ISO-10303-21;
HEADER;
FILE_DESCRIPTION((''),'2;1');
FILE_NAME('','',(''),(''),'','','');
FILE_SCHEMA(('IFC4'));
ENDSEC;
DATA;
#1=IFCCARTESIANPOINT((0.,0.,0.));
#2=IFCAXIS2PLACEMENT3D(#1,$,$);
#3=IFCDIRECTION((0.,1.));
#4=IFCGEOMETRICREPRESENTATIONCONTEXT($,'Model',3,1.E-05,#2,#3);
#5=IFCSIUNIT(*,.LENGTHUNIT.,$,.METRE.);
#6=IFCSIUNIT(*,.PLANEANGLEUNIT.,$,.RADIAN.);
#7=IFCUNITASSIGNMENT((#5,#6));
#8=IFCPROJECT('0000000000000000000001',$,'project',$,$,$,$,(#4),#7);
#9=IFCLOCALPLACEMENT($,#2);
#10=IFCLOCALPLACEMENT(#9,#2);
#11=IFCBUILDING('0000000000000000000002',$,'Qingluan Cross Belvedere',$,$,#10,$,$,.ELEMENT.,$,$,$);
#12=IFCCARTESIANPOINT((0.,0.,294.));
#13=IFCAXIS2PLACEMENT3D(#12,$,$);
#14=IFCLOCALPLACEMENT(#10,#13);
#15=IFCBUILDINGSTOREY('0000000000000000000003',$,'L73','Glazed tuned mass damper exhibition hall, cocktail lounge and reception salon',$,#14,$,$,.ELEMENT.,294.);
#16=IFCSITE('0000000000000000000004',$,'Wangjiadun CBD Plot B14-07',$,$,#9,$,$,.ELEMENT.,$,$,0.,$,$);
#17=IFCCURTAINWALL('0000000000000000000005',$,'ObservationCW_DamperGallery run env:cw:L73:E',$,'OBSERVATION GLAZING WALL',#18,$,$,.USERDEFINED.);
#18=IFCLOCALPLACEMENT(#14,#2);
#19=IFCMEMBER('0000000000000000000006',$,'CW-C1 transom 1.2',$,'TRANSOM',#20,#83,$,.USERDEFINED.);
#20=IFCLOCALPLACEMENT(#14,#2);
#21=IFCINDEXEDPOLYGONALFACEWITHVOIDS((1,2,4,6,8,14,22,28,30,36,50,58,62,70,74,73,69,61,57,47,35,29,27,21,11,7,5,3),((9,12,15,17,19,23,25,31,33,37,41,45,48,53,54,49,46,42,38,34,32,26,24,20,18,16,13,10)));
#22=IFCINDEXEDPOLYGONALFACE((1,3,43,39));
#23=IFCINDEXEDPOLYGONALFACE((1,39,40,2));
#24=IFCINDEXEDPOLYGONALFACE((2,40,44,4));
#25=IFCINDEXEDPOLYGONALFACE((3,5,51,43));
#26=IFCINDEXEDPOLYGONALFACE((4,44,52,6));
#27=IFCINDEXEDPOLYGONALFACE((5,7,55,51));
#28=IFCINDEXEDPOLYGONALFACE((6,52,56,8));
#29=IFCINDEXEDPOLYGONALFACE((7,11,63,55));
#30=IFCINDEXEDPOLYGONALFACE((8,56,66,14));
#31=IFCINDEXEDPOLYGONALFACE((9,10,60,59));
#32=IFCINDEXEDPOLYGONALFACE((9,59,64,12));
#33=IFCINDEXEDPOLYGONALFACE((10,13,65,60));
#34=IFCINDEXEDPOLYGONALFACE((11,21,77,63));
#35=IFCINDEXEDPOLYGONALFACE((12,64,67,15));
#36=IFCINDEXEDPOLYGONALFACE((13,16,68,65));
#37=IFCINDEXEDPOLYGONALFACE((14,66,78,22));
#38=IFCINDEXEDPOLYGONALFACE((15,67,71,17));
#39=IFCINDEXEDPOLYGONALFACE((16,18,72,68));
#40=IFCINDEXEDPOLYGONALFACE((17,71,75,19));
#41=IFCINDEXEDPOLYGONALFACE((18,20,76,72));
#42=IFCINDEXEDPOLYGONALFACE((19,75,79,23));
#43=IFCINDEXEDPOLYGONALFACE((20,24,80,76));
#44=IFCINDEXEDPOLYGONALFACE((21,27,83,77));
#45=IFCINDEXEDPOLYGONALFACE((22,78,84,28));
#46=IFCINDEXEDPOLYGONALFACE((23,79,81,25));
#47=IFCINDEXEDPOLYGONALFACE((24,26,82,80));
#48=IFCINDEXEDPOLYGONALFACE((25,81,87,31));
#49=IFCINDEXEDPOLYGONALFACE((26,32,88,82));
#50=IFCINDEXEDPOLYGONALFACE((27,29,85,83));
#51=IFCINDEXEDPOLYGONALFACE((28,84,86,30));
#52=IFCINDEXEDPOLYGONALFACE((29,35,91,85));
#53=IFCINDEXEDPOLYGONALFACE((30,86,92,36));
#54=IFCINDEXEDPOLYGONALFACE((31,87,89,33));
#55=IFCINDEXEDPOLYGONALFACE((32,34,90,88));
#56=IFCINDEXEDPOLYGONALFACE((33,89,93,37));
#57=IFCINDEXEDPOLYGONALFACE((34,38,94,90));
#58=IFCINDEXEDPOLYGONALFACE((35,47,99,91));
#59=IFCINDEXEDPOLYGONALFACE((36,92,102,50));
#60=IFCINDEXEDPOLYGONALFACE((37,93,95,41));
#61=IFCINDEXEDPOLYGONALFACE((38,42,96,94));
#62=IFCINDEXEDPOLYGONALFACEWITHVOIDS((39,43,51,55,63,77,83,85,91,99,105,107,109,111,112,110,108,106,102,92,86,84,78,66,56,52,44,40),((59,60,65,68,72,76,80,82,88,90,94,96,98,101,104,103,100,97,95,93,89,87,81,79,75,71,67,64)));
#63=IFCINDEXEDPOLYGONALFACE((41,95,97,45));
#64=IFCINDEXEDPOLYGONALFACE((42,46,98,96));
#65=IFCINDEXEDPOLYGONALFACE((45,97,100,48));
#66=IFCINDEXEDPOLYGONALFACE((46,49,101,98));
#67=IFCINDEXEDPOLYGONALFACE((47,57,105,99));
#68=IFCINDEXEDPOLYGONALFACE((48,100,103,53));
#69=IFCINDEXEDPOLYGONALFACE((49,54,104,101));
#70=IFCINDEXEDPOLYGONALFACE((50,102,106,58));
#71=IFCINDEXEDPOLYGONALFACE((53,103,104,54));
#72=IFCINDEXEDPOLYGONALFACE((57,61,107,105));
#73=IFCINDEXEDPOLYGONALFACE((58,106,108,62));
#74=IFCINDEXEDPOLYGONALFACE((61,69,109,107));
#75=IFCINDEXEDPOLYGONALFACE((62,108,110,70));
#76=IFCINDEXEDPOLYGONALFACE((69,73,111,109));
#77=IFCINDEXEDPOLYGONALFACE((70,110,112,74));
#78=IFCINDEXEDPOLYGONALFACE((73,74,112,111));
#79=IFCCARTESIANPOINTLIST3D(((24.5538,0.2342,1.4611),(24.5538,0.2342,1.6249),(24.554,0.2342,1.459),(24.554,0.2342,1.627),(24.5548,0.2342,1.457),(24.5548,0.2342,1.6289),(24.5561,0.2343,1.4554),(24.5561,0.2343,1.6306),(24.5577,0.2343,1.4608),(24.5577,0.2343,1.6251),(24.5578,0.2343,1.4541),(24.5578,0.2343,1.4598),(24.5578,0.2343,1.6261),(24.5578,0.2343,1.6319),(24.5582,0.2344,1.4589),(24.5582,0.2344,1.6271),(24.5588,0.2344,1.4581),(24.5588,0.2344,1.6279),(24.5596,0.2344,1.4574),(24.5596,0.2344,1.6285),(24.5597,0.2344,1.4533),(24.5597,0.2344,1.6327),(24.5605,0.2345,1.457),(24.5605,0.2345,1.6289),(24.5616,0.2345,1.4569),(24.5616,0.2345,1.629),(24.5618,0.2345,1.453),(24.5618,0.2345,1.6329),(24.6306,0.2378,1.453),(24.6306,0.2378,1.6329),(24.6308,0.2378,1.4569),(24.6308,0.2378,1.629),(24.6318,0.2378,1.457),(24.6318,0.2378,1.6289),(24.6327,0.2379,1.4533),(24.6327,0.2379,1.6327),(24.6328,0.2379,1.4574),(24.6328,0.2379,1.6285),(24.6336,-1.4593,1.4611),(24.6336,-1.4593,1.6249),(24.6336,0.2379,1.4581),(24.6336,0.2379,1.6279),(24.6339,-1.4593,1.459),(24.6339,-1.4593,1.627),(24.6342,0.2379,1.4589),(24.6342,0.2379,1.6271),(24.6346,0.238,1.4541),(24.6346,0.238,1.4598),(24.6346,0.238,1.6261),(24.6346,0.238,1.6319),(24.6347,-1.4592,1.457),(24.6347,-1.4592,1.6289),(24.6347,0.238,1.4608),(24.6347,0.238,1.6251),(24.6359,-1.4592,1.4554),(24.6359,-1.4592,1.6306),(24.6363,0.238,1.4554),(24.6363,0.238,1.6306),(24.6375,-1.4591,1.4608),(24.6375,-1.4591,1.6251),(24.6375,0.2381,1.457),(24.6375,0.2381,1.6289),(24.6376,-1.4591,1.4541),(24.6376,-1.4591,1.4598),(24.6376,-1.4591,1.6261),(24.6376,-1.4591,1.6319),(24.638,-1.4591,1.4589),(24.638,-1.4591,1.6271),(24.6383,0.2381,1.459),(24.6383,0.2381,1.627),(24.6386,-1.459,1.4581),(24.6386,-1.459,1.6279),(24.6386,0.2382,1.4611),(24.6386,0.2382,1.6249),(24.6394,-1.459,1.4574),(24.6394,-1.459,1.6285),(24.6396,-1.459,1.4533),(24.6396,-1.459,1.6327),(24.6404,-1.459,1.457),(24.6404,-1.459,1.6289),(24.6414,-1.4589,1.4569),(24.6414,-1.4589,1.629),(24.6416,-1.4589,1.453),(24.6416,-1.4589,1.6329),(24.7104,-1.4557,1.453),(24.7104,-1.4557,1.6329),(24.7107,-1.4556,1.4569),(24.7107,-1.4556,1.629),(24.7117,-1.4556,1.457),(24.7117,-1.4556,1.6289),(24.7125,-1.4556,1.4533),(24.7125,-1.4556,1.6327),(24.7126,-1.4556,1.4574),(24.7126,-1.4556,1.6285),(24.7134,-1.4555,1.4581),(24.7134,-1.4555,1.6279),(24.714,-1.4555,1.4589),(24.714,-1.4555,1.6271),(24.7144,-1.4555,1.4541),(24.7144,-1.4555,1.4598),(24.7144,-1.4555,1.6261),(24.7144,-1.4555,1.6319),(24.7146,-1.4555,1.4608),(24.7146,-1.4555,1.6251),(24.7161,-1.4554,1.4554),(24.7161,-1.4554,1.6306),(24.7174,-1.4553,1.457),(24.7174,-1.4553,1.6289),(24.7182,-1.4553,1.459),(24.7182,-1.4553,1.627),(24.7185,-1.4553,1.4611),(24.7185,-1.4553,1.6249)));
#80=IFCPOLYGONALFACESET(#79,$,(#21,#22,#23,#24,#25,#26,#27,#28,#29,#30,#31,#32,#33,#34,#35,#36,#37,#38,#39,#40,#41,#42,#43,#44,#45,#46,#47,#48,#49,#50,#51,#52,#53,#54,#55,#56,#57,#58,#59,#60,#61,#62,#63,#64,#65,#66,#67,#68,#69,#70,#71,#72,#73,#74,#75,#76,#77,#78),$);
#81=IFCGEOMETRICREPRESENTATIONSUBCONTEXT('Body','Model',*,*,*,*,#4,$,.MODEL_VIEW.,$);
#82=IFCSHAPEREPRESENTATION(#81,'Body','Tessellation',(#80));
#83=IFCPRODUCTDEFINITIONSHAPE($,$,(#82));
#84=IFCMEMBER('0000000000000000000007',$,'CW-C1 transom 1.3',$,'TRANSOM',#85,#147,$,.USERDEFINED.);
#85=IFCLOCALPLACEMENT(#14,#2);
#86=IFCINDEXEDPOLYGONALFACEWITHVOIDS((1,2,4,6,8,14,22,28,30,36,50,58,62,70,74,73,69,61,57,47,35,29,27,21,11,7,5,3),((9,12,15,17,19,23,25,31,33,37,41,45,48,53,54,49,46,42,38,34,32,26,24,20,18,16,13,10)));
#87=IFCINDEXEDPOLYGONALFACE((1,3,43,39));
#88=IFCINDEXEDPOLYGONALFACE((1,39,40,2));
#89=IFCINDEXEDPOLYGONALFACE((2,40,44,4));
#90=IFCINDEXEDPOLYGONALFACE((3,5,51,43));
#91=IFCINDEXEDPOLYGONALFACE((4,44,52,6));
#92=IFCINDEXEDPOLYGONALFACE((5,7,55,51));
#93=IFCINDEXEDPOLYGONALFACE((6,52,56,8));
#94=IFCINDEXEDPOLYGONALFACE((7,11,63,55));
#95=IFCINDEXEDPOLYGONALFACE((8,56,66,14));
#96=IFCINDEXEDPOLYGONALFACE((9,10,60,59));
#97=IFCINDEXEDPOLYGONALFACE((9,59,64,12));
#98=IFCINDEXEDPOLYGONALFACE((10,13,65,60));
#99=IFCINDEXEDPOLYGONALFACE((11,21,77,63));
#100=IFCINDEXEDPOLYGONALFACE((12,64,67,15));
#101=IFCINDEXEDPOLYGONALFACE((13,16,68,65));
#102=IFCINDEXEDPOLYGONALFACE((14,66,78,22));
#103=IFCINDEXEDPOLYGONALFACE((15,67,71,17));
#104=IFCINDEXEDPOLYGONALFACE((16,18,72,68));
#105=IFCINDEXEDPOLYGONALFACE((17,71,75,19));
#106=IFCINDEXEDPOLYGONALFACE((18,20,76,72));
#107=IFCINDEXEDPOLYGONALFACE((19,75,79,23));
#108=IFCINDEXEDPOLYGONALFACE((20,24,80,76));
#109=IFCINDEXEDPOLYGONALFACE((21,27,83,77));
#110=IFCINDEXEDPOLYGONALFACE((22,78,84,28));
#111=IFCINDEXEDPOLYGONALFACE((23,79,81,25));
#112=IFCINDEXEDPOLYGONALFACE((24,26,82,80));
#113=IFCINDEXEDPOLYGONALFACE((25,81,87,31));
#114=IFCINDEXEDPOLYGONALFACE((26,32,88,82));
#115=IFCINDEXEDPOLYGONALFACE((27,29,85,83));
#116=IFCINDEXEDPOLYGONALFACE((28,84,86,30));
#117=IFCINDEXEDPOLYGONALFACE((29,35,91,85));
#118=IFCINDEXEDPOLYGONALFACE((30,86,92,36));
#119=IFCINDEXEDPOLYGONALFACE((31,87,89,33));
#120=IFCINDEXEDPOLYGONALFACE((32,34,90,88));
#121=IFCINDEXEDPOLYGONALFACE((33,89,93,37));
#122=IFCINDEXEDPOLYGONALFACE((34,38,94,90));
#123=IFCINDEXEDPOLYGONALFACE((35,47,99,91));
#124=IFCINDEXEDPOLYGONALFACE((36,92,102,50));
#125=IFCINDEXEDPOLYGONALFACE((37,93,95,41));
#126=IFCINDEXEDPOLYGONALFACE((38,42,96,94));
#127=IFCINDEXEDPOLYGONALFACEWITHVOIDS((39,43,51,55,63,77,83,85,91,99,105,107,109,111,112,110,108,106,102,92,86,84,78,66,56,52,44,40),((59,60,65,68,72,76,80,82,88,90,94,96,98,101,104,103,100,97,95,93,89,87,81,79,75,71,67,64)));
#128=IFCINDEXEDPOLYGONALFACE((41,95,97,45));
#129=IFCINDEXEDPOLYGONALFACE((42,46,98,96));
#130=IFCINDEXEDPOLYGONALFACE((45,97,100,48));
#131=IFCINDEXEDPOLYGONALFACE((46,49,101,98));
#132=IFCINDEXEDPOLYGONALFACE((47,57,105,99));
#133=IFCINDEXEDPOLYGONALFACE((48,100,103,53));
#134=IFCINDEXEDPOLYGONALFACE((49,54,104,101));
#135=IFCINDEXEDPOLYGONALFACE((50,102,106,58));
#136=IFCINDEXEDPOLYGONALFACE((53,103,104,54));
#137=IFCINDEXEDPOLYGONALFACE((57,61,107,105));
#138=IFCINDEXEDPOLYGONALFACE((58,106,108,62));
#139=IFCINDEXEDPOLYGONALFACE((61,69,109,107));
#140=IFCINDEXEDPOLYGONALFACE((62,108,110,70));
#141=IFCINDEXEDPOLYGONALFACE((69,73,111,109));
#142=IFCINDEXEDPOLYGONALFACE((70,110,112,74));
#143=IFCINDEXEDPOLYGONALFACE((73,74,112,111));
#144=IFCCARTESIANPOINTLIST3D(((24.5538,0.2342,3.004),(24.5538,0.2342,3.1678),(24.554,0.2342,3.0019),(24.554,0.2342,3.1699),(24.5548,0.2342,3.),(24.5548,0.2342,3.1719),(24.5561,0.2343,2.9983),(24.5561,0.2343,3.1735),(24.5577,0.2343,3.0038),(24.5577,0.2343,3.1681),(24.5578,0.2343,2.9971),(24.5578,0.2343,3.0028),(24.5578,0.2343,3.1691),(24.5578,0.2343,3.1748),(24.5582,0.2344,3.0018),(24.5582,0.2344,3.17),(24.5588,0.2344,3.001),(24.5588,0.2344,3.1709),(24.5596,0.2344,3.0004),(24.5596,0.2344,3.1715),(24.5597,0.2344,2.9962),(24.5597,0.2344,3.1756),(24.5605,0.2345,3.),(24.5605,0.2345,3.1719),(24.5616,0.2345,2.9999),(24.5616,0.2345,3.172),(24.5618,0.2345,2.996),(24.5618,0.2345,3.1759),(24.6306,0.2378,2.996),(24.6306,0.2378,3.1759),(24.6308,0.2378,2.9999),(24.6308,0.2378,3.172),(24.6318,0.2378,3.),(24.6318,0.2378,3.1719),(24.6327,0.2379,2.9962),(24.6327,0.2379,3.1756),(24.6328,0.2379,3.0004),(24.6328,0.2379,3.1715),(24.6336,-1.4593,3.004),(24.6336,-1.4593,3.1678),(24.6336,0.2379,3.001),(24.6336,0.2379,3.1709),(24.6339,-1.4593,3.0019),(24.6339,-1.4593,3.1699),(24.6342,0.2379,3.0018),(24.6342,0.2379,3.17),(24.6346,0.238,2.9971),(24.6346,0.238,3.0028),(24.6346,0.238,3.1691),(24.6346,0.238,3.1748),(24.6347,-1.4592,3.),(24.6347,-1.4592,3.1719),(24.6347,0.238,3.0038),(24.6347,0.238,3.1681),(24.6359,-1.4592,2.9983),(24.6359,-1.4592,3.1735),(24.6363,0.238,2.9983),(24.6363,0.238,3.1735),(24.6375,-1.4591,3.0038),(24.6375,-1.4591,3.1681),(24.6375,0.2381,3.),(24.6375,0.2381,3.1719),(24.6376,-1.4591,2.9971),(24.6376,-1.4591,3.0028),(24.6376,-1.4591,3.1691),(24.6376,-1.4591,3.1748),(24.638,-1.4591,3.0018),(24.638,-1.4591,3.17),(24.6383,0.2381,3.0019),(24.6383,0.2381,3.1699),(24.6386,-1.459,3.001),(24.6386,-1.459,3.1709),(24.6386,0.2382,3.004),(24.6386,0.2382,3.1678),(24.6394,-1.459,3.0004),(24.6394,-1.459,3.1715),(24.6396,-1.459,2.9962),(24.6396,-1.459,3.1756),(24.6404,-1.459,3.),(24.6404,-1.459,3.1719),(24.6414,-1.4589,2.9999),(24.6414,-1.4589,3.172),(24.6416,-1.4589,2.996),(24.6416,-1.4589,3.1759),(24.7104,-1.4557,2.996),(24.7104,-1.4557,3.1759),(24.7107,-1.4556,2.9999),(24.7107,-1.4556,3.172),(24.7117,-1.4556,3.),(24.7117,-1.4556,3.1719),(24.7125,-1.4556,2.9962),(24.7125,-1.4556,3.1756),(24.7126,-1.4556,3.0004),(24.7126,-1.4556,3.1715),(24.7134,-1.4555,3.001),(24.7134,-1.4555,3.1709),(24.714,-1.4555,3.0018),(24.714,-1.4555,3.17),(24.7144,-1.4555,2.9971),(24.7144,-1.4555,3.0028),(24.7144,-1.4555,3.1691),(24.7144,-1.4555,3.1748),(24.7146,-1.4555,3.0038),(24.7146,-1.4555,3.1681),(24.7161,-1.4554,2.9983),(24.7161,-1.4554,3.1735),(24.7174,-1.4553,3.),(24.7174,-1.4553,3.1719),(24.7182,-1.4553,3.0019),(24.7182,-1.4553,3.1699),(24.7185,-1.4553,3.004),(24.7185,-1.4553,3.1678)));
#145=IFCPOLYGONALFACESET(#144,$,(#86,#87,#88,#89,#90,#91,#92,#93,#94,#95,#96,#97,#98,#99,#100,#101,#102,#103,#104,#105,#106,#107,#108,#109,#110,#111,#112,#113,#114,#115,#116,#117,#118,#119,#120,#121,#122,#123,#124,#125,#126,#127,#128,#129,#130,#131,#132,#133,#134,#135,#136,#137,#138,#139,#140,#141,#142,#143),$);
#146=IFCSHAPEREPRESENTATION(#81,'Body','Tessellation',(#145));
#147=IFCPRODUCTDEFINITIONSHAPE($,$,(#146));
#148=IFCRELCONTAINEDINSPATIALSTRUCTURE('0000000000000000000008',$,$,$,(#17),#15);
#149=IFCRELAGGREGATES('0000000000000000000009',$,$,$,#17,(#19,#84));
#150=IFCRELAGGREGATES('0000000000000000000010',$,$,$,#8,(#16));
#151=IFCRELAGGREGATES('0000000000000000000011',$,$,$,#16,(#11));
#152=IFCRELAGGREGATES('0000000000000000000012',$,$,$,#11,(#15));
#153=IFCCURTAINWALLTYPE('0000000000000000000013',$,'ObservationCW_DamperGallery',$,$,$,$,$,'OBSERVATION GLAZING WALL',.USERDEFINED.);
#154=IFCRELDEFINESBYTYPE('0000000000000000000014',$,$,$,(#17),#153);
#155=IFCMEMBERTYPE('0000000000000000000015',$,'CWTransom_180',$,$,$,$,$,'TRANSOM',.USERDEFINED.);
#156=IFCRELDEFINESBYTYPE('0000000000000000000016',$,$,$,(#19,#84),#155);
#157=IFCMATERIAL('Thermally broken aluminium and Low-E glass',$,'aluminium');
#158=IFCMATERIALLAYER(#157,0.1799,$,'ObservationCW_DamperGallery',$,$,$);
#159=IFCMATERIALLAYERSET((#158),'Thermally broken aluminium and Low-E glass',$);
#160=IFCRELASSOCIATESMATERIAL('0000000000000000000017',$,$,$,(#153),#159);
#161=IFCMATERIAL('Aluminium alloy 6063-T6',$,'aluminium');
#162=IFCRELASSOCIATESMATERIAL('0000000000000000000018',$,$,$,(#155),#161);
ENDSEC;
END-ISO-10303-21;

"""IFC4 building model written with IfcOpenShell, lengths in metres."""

from ifc_helpers import new_model, si_unit, direction, frame, origin, origin_2d, place, context, subcontext, project, spatial, hollow_rectangle, extrude, material, layer, layer_set, material_profile, profile_set, type_object, element, aggregate, save


model = new_model("IFC4")

# Units and contexts
model_context = context("Model", 3, precision=1e-05, world=origin(), true_north=direction((0.0, 1.0)))
body_context = subcontext(model_context, "Body", "Model", "MODEL_VIEW")
ifc_project = project(units=[si_unit("LENGTHUNIT", "METRE"), si_unit("PLANEANGLEUNIT", "RADIAN")], contexts=[model_context])

# Site, building, storey
site_placement = place(None, origin())
site = spatial("IfcSite", under=ifc_project, at=site_placement, Name="Wangjiadun CBD Plot B14-07", CompositionType="ELEMENT", RefElevation=0.0)
building_placement = place(site_placement, origin())
building = spatial("IfcBuilding", under=site, at=building_placement, Name="Qingluan Cross Belvedere", CompositionType="ELEMENT")
storey_placement = place(building_placement, frame((0.0, 0.0, 294.0)))
storey = spatial("IfcBuildingStorey", under=building, at=storey_placement, Name="L73", Description="Glazed tuned mass damper exhibition hall, cocktail lounge and reception salon", CompositionType="ELEMENT", Elevation=294.0)

# Curtain wall, members
ifc_material_1 = material(Name="Thermally broken aluminium and Low-E glass", Category="aluminium")
ifc_layer_1 = layer(ifc_material_1, 0.1799, Name="ObservationCW_DamperGallery")
ifc_layer_set_1 = layer_set([ifc_layer_1], Name="Thermally broken aluminium and Low-E glass")
curtain_wall_type = type_object("IfcCurtainWallType", Name="ObservationCW_DamperGallery", ElementType="OBSERVATION GLAZING WALL", PredefinedType="USERDEFINED", material=ifc_layer_set_1)
curtain_wall_placement = place(storey_placement, origin())
curtain_wall = element("IfcCurtainWall", 1, at=curtain_wall_placement, inside=storey, type_object=curtain_wall_type, Name="ObservationCW_DamperGallery run env:cw:L73:E", ObjectType="OBSERVATION GLAZING WALL", PredefinedType="USERDEFINED")
ifc_material_2 = material(Name="Aluminium alloy 6063-T6", Category="aluminium")
ifc_material_profile_1 = material_profile(ifc_material_2, hollow_rectangle(XDim=0.085, YDim=0.1799, WallThickness=0.0039, InnerFilletRadius=0.0039, OuterFilletRadius=0.0081, at=origin_2d()), Name="CWT180x85x4")
ifc_profile_set_1 = profile_set([ifc_material_profile_1], Name="Aluminium alloy 6063-T6")
member_type_1 = type_object("IfcMemberType", Name="CWTransom_180", ElementType="TRANSOM", PredefinedType="USERDEFINED", material=ifc_profile_set_1)
member_1_placement = place(storey_placement, frame((24.676, -1.4573, 1.543), z_axis=(-0.047093, 0.998891, 0.0), x_axis=(-0.998891, -0.047093, 0.0)))
member_1 = element("IfcMember", 2, at=member_1_placement, type_object=member_type_1, Name="CW-C1 transom 1.2", ObjectType="TRANSOM", PredefinedType="USERDEFINED", context=body_context, shape_type="SweptSolid", body=[
    extrude(hollow_rectangle(XDim=0.085, YDim=0.1799, WallThickness=0.0039, InnerFilletRadius=0.0039, OuterFilletRadius=0.0081, at=origin_2d()), origin(), (0.0, 0.0, 1.0), 1.6953),
])
member_2_placement = place(storey_placement, frame((24.676, -1.4573, 3.0859), z_axis=(-0.047093, 0.998891, 0.0), x_axis=(-0.998891, -0.047093, 0.0)))
member_2 = element("IfcMember", 3, at=member_2_placement, type_object=member_type_1, Name="CW-C1 transom 1.3", ObjectType="TRANSOM", PredefinedType="USERDEFINED", context=body_context, shape_type="SweptSolid", body=[
    extrude(hollow_rectangle(XDim=0.085, YDim=0.1799, WallThickness=0.0039, InnerFilletRadius=0.0039, OuterFilletRadius=0.0081, at=origin_2d()), origin(), (0.0, 0.0, 1.0), 1.6953),
])

aggregate(curtain_wall, [member_1, member_2])

save(model, "model.ifc")
